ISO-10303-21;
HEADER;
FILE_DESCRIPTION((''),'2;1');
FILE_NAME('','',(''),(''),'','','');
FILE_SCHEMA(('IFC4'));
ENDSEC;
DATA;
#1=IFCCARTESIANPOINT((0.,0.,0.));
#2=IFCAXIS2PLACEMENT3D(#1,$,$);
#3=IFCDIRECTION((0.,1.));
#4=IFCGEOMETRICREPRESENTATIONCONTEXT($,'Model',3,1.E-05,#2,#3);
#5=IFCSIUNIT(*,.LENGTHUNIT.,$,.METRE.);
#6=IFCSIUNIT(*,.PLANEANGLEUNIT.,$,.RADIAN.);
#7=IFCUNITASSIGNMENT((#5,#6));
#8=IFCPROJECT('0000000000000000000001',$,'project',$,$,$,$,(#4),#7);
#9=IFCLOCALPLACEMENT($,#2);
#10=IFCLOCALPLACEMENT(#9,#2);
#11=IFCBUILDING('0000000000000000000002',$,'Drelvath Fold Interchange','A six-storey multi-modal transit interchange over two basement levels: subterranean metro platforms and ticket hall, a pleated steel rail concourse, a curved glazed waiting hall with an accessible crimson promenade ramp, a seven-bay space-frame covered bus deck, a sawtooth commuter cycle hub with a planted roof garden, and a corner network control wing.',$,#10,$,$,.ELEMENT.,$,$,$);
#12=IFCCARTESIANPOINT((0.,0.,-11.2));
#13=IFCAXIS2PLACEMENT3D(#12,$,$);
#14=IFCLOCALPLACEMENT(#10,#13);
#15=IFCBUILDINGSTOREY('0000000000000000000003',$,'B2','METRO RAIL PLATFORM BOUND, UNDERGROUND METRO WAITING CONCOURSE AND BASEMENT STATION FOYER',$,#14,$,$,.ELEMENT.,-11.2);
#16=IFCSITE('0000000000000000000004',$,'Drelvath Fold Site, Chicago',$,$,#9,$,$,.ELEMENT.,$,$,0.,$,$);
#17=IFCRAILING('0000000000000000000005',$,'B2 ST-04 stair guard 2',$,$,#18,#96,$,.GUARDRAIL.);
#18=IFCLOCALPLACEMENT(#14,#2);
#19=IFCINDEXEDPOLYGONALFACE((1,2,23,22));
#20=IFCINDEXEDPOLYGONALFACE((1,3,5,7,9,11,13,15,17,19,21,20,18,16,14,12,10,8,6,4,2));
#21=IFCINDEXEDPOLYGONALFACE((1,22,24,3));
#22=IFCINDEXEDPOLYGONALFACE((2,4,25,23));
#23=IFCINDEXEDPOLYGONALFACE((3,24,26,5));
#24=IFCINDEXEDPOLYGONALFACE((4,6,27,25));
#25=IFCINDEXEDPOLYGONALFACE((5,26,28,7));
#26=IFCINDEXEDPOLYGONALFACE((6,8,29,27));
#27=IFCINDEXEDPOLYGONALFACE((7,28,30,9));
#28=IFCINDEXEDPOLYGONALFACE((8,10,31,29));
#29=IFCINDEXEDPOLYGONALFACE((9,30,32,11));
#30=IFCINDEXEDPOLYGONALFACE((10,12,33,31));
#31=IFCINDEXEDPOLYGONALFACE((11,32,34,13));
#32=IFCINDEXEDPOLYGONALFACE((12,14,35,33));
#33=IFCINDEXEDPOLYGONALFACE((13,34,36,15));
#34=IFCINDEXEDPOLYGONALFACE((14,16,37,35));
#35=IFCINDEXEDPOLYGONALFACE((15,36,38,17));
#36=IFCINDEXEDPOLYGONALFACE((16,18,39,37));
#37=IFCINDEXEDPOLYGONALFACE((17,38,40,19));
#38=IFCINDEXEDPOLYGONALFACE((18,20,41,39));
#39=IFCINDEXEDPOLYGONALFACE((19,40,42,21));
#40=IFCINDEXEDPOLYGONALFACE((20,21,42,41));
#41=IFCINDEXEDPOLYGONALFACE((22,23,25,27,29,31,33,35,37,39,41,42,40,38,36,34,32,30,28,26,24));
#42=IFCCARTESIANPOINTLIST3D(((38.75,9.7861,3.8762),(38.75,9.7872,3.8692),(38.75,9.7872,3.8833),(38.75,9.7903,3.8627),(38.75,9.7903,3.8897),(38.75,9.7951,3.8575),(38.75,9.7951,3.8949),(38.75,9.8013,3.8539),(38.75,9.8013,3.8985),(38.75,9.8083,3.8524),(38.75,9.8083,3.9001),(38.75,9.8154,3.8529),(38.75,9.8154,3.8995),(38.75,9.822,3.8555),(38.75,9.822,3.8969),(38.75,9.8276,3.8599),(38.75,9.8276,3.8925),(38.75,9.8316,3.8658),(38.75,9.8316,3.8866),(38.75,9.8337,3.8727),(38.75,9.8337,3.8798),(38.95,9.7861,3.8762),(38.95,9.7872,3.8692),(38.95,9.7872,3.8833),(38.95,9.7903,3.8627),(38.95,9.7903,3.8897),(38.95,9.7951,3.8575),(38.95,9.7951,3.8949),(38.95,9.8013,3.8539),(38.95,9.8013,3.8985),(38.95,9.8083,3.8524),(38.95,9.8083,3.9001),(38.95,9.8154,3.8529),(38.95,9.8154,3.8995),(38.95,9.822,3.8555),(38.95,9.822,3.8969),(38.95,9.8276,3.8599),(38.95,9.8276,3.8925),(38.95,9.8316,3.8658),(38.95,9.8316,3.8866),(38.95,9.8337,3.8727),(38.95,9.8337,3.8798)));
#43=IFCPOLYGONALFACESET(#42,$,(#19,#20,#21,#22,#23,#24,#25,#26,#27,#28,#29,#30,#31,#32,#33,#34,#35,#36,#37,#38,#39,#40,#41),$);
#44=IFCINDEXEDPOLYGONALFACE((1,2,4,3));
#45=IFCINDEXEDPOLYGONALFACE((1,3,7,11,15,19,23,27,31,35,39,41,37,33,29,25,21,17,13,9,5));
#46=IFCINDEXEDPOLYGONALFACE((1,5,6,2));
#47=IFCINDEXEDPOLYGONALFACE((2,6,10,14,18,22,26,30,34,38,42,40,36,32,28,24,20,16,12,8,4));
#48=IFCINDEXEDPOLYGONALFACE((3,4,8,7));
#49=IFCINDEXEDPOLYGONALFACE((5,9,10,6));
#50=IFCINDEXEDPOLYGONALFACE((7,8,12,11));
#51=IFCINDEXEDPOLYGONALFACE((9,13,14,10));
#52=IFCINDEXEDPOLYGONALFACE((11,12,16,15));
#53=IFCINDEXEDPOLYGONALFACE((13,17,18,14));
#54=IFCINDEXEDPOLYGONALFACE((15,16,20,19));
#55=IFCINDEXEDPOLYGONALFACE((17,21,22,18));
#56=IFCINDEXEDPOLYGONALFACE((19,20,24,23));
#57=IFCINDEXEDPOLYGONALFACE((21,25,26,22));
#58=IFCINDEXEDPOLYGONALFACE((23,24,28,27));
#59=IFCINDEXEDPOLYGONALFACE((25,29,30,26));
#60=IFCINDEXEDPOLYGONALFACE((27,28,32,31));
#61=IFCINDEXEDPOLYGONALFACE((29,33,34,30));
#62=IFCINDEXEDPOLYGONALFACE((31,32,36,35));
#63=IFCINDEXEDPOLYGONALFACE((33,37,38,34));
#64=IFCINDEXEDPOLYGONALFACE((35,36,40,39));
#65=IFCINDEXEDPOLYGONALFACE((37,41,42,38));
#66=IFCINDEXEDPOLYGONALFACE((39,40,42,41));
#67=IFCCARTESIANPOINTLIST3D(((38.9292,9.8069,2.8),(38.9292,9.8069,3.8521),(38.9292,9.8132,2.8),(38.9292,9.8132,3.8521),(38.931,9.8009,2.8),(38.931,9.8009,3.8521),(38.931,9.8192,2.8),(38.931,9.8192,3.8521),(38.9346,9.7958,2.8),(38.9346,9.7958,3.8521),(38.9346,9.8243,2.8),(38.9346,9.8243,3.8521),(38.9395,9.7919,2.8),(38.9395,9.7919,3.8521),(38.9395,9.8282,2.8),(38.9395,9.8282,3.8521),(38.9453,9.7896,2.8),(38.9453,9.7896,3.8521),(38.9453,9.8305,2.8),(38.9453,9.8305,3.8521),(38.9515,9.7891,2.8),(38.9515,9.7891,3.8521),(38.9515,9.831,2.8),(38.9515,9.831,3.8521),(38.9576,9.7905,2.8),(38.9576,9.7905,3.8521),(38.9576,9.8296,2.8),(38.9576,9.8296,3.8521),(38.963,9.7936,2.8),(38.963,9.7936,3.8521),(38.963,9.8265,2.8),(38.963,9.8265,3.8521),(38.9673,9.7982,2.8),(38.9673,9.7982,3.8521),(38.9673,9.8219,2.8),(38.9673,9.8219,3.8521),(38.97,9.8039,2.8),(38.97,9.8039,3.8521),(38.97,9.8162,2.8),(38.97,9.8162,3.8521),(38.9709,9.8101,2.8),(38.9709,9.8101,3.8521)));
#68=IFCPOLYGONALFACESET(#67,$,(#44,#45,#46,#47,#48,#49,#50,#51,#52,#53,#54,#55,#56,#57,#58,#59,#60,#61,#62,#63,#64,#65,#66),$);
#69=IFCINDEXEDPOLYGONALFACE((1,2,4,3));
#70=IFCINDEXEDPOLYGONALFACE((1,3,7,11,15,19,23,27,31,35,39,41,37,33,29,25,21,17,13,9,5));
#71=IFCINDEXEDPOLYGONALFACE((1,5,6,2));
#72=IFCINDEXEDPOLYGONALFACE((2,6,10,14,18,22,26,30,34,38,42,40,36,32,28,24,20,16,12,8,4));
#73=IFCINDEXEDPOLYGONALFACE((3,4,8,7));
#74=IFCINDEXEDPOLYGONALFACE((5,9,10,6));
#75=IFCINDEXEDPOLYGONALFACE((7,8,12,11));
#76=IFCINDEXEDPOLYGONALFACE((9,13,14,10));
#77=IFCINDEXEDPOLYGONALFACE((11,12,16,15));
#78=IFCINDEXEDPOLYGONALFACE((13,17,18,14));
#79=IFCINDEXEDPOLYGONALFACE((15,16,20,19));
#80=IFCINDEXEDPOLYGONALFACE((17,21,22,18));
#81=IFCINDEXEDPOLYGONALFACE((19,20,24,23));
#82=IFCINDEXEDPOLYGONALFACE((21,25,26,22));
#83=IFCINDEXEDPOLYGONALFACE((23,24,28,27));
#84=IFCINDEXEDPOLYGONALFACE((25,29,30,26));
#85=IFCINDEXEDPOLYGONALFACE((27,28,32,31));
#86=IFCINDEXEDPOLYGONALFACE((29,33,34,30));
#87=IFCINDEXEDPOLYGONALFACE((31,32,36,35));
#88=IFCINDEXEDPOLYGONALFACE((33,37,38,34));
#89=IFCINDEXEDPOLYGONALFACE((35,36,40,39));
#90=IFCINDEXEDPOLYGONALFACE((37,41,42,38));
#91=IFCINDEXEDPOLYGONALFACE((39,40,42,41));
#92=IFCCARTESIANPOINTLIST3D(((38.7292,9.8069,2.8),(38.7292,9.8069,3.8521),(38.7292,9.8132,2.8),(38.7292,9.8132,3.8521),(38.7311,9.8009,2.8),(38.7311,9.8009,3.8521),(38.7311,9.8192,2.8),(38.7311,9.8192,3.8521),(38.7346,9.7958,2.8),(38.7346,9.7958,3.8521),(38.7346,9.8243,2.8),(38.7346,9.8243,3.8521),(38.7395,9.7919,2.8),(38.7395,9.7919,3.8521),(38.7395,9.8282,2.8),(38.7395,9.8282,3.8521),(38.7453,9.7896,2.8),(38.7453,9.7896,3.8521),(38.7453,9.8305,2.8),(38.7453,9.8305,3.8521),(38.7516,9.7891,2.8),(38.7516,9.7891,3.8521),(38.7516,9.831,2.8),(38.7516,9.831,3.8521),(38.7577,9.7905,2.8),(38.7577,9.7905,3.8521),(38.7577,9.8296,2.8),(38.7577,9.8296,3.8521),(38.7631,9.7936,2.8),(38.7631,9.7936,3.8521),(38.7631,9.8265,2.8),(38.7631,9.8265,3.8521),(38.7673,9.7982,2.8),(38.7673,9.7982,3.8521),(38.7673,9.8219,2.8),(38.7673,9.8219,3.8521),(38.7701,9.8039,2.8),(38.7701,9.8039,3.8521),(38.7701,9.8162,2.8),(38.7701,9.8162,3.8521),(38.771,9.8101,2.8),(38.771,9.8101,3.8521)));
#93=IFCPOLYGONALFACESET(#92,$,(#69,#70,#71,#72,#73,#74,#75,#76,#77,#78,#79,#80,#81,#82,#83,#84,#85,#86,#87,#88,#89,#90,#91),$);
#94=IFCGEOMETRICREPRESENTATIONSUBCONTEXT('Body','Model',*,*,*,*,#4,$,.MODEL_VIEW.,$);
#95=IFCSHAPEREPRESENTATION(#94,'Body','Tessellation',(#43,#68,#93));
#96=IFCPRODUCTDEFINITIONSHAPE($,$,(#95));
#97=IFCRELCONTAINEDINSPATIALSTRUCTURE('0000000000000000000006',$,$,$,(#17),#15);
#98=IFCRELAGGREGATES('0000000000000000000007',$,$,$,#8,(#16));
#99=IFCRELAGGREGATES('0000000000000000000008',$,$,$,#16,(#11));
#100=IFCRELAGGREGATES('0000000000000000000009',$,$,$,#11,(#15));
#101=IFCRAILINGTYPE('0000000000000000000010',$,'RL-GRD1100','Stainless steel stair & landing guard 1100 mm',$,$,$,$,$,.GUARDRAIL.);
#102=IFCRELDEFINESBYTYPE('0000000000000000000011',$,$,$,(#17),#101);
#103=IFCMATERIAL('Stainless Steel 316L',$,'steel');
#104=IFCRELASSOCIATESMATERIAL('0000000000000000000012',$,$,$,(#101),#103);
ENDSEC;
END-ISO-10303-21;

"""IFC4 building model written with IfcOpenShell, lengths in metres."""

from ifc_helpers import new_model, si_unit, direction, frame, origin, origin_2d, place, context, subcontext, project, spatial, circle, extrude, material, type_object, element, save


model = new_model("IFC4")

# Units and contexts
model_context = context("Model", 3, precision=1e-05, world=origin(), true_north=direction((0.0, 1.0)))
body_context = subcontext(model_context, "Body", "Model", "MODEL_VIEW")
ifc_project = project(units=[si_unit("LENGTHUNIT", "METRE"), si_unit("PLANEANGLEUNIT", "RADIAN")], contexts=[model_context])

# Site, building, storey
site_placement = place(None, origin())
site = spatial("IfcSite", under=ifc_project, at=site_placement, Name="Drelvath Fold Site, Chicago", CompositionType="ELEMENT", RefElevation=0.0)
building_placement = place(site_placement, origin())
building = spatial("IfcBuilding", under=site, at=building_placement, Name="Drelvath Fold Interchange", Description="A six-storey multi-modal transit interchange over two basement levels: subterranean metro platforms and ticket hall, a pleated steel rail concourse, a curved glazed waiting hall with an accessible crimson promenade ramp, a seven-bay space-frame covered bus deck, a sawtooth commuter cycle hub with a planted roof garden, and a corner network control wing.", CompositionType="ELEMENT")
storey_placement = place(building_placement, frame((0.0, 0.0, -11.2)))
storey = spatial("IfcBuildingStorey", under=building, at=storey_placement, Name="B2", Description="METRO RAIL PLATFORM BOUND, UNDERGROUND METRO WAITING CONCOURSE AND BASEMENT STATION FOYER", CompositionType="ELEMENT", Elevation=-11.2)

# Railing
ifc_material_1 = material(Name="Stainless Steel 316L", Category="steel")
railing_type_1 = type_object("IfcRailingType", Name="RL-GRD1100", Description="Stainless steel stair & landing guard 1100 mm", PredefinedType="GUARDRAIL", material=ifc_material_1)
railing_1_placement = place(storey_placement, frame((38.95, 9.8101, 2.8)))
element("IfcRailing", 1, at=railing_1_placement, inside=storey, type_object=railing_type_1, Name="B2 ST-04 stair guard 2", PredefinedType="GUARDRAIL", context=body_context, shape_type="SweptSolid", body=[
    extrude(circle(Radius=0.0239, at=origin_2d()), frame((0.0, 0.0, 1.0762), z_axis=(-1.0, 0.0, 0.0), x_axis=(0.0, -1.0, 0.0)), (0.0, 0.0, 1.0), 0.2),
    extrude(circle(Radius=0.021, at=origin_2d()), origin(), (0.0, 0.0, 1.0), 1.052),
    extrude(circle(Radius=0.021, at=origin_2d()), frame((-0.2, 0.0, 0.0)), (0.0, 0.0, 1.0), 1.052),
])

save(model, "model.ifc")
